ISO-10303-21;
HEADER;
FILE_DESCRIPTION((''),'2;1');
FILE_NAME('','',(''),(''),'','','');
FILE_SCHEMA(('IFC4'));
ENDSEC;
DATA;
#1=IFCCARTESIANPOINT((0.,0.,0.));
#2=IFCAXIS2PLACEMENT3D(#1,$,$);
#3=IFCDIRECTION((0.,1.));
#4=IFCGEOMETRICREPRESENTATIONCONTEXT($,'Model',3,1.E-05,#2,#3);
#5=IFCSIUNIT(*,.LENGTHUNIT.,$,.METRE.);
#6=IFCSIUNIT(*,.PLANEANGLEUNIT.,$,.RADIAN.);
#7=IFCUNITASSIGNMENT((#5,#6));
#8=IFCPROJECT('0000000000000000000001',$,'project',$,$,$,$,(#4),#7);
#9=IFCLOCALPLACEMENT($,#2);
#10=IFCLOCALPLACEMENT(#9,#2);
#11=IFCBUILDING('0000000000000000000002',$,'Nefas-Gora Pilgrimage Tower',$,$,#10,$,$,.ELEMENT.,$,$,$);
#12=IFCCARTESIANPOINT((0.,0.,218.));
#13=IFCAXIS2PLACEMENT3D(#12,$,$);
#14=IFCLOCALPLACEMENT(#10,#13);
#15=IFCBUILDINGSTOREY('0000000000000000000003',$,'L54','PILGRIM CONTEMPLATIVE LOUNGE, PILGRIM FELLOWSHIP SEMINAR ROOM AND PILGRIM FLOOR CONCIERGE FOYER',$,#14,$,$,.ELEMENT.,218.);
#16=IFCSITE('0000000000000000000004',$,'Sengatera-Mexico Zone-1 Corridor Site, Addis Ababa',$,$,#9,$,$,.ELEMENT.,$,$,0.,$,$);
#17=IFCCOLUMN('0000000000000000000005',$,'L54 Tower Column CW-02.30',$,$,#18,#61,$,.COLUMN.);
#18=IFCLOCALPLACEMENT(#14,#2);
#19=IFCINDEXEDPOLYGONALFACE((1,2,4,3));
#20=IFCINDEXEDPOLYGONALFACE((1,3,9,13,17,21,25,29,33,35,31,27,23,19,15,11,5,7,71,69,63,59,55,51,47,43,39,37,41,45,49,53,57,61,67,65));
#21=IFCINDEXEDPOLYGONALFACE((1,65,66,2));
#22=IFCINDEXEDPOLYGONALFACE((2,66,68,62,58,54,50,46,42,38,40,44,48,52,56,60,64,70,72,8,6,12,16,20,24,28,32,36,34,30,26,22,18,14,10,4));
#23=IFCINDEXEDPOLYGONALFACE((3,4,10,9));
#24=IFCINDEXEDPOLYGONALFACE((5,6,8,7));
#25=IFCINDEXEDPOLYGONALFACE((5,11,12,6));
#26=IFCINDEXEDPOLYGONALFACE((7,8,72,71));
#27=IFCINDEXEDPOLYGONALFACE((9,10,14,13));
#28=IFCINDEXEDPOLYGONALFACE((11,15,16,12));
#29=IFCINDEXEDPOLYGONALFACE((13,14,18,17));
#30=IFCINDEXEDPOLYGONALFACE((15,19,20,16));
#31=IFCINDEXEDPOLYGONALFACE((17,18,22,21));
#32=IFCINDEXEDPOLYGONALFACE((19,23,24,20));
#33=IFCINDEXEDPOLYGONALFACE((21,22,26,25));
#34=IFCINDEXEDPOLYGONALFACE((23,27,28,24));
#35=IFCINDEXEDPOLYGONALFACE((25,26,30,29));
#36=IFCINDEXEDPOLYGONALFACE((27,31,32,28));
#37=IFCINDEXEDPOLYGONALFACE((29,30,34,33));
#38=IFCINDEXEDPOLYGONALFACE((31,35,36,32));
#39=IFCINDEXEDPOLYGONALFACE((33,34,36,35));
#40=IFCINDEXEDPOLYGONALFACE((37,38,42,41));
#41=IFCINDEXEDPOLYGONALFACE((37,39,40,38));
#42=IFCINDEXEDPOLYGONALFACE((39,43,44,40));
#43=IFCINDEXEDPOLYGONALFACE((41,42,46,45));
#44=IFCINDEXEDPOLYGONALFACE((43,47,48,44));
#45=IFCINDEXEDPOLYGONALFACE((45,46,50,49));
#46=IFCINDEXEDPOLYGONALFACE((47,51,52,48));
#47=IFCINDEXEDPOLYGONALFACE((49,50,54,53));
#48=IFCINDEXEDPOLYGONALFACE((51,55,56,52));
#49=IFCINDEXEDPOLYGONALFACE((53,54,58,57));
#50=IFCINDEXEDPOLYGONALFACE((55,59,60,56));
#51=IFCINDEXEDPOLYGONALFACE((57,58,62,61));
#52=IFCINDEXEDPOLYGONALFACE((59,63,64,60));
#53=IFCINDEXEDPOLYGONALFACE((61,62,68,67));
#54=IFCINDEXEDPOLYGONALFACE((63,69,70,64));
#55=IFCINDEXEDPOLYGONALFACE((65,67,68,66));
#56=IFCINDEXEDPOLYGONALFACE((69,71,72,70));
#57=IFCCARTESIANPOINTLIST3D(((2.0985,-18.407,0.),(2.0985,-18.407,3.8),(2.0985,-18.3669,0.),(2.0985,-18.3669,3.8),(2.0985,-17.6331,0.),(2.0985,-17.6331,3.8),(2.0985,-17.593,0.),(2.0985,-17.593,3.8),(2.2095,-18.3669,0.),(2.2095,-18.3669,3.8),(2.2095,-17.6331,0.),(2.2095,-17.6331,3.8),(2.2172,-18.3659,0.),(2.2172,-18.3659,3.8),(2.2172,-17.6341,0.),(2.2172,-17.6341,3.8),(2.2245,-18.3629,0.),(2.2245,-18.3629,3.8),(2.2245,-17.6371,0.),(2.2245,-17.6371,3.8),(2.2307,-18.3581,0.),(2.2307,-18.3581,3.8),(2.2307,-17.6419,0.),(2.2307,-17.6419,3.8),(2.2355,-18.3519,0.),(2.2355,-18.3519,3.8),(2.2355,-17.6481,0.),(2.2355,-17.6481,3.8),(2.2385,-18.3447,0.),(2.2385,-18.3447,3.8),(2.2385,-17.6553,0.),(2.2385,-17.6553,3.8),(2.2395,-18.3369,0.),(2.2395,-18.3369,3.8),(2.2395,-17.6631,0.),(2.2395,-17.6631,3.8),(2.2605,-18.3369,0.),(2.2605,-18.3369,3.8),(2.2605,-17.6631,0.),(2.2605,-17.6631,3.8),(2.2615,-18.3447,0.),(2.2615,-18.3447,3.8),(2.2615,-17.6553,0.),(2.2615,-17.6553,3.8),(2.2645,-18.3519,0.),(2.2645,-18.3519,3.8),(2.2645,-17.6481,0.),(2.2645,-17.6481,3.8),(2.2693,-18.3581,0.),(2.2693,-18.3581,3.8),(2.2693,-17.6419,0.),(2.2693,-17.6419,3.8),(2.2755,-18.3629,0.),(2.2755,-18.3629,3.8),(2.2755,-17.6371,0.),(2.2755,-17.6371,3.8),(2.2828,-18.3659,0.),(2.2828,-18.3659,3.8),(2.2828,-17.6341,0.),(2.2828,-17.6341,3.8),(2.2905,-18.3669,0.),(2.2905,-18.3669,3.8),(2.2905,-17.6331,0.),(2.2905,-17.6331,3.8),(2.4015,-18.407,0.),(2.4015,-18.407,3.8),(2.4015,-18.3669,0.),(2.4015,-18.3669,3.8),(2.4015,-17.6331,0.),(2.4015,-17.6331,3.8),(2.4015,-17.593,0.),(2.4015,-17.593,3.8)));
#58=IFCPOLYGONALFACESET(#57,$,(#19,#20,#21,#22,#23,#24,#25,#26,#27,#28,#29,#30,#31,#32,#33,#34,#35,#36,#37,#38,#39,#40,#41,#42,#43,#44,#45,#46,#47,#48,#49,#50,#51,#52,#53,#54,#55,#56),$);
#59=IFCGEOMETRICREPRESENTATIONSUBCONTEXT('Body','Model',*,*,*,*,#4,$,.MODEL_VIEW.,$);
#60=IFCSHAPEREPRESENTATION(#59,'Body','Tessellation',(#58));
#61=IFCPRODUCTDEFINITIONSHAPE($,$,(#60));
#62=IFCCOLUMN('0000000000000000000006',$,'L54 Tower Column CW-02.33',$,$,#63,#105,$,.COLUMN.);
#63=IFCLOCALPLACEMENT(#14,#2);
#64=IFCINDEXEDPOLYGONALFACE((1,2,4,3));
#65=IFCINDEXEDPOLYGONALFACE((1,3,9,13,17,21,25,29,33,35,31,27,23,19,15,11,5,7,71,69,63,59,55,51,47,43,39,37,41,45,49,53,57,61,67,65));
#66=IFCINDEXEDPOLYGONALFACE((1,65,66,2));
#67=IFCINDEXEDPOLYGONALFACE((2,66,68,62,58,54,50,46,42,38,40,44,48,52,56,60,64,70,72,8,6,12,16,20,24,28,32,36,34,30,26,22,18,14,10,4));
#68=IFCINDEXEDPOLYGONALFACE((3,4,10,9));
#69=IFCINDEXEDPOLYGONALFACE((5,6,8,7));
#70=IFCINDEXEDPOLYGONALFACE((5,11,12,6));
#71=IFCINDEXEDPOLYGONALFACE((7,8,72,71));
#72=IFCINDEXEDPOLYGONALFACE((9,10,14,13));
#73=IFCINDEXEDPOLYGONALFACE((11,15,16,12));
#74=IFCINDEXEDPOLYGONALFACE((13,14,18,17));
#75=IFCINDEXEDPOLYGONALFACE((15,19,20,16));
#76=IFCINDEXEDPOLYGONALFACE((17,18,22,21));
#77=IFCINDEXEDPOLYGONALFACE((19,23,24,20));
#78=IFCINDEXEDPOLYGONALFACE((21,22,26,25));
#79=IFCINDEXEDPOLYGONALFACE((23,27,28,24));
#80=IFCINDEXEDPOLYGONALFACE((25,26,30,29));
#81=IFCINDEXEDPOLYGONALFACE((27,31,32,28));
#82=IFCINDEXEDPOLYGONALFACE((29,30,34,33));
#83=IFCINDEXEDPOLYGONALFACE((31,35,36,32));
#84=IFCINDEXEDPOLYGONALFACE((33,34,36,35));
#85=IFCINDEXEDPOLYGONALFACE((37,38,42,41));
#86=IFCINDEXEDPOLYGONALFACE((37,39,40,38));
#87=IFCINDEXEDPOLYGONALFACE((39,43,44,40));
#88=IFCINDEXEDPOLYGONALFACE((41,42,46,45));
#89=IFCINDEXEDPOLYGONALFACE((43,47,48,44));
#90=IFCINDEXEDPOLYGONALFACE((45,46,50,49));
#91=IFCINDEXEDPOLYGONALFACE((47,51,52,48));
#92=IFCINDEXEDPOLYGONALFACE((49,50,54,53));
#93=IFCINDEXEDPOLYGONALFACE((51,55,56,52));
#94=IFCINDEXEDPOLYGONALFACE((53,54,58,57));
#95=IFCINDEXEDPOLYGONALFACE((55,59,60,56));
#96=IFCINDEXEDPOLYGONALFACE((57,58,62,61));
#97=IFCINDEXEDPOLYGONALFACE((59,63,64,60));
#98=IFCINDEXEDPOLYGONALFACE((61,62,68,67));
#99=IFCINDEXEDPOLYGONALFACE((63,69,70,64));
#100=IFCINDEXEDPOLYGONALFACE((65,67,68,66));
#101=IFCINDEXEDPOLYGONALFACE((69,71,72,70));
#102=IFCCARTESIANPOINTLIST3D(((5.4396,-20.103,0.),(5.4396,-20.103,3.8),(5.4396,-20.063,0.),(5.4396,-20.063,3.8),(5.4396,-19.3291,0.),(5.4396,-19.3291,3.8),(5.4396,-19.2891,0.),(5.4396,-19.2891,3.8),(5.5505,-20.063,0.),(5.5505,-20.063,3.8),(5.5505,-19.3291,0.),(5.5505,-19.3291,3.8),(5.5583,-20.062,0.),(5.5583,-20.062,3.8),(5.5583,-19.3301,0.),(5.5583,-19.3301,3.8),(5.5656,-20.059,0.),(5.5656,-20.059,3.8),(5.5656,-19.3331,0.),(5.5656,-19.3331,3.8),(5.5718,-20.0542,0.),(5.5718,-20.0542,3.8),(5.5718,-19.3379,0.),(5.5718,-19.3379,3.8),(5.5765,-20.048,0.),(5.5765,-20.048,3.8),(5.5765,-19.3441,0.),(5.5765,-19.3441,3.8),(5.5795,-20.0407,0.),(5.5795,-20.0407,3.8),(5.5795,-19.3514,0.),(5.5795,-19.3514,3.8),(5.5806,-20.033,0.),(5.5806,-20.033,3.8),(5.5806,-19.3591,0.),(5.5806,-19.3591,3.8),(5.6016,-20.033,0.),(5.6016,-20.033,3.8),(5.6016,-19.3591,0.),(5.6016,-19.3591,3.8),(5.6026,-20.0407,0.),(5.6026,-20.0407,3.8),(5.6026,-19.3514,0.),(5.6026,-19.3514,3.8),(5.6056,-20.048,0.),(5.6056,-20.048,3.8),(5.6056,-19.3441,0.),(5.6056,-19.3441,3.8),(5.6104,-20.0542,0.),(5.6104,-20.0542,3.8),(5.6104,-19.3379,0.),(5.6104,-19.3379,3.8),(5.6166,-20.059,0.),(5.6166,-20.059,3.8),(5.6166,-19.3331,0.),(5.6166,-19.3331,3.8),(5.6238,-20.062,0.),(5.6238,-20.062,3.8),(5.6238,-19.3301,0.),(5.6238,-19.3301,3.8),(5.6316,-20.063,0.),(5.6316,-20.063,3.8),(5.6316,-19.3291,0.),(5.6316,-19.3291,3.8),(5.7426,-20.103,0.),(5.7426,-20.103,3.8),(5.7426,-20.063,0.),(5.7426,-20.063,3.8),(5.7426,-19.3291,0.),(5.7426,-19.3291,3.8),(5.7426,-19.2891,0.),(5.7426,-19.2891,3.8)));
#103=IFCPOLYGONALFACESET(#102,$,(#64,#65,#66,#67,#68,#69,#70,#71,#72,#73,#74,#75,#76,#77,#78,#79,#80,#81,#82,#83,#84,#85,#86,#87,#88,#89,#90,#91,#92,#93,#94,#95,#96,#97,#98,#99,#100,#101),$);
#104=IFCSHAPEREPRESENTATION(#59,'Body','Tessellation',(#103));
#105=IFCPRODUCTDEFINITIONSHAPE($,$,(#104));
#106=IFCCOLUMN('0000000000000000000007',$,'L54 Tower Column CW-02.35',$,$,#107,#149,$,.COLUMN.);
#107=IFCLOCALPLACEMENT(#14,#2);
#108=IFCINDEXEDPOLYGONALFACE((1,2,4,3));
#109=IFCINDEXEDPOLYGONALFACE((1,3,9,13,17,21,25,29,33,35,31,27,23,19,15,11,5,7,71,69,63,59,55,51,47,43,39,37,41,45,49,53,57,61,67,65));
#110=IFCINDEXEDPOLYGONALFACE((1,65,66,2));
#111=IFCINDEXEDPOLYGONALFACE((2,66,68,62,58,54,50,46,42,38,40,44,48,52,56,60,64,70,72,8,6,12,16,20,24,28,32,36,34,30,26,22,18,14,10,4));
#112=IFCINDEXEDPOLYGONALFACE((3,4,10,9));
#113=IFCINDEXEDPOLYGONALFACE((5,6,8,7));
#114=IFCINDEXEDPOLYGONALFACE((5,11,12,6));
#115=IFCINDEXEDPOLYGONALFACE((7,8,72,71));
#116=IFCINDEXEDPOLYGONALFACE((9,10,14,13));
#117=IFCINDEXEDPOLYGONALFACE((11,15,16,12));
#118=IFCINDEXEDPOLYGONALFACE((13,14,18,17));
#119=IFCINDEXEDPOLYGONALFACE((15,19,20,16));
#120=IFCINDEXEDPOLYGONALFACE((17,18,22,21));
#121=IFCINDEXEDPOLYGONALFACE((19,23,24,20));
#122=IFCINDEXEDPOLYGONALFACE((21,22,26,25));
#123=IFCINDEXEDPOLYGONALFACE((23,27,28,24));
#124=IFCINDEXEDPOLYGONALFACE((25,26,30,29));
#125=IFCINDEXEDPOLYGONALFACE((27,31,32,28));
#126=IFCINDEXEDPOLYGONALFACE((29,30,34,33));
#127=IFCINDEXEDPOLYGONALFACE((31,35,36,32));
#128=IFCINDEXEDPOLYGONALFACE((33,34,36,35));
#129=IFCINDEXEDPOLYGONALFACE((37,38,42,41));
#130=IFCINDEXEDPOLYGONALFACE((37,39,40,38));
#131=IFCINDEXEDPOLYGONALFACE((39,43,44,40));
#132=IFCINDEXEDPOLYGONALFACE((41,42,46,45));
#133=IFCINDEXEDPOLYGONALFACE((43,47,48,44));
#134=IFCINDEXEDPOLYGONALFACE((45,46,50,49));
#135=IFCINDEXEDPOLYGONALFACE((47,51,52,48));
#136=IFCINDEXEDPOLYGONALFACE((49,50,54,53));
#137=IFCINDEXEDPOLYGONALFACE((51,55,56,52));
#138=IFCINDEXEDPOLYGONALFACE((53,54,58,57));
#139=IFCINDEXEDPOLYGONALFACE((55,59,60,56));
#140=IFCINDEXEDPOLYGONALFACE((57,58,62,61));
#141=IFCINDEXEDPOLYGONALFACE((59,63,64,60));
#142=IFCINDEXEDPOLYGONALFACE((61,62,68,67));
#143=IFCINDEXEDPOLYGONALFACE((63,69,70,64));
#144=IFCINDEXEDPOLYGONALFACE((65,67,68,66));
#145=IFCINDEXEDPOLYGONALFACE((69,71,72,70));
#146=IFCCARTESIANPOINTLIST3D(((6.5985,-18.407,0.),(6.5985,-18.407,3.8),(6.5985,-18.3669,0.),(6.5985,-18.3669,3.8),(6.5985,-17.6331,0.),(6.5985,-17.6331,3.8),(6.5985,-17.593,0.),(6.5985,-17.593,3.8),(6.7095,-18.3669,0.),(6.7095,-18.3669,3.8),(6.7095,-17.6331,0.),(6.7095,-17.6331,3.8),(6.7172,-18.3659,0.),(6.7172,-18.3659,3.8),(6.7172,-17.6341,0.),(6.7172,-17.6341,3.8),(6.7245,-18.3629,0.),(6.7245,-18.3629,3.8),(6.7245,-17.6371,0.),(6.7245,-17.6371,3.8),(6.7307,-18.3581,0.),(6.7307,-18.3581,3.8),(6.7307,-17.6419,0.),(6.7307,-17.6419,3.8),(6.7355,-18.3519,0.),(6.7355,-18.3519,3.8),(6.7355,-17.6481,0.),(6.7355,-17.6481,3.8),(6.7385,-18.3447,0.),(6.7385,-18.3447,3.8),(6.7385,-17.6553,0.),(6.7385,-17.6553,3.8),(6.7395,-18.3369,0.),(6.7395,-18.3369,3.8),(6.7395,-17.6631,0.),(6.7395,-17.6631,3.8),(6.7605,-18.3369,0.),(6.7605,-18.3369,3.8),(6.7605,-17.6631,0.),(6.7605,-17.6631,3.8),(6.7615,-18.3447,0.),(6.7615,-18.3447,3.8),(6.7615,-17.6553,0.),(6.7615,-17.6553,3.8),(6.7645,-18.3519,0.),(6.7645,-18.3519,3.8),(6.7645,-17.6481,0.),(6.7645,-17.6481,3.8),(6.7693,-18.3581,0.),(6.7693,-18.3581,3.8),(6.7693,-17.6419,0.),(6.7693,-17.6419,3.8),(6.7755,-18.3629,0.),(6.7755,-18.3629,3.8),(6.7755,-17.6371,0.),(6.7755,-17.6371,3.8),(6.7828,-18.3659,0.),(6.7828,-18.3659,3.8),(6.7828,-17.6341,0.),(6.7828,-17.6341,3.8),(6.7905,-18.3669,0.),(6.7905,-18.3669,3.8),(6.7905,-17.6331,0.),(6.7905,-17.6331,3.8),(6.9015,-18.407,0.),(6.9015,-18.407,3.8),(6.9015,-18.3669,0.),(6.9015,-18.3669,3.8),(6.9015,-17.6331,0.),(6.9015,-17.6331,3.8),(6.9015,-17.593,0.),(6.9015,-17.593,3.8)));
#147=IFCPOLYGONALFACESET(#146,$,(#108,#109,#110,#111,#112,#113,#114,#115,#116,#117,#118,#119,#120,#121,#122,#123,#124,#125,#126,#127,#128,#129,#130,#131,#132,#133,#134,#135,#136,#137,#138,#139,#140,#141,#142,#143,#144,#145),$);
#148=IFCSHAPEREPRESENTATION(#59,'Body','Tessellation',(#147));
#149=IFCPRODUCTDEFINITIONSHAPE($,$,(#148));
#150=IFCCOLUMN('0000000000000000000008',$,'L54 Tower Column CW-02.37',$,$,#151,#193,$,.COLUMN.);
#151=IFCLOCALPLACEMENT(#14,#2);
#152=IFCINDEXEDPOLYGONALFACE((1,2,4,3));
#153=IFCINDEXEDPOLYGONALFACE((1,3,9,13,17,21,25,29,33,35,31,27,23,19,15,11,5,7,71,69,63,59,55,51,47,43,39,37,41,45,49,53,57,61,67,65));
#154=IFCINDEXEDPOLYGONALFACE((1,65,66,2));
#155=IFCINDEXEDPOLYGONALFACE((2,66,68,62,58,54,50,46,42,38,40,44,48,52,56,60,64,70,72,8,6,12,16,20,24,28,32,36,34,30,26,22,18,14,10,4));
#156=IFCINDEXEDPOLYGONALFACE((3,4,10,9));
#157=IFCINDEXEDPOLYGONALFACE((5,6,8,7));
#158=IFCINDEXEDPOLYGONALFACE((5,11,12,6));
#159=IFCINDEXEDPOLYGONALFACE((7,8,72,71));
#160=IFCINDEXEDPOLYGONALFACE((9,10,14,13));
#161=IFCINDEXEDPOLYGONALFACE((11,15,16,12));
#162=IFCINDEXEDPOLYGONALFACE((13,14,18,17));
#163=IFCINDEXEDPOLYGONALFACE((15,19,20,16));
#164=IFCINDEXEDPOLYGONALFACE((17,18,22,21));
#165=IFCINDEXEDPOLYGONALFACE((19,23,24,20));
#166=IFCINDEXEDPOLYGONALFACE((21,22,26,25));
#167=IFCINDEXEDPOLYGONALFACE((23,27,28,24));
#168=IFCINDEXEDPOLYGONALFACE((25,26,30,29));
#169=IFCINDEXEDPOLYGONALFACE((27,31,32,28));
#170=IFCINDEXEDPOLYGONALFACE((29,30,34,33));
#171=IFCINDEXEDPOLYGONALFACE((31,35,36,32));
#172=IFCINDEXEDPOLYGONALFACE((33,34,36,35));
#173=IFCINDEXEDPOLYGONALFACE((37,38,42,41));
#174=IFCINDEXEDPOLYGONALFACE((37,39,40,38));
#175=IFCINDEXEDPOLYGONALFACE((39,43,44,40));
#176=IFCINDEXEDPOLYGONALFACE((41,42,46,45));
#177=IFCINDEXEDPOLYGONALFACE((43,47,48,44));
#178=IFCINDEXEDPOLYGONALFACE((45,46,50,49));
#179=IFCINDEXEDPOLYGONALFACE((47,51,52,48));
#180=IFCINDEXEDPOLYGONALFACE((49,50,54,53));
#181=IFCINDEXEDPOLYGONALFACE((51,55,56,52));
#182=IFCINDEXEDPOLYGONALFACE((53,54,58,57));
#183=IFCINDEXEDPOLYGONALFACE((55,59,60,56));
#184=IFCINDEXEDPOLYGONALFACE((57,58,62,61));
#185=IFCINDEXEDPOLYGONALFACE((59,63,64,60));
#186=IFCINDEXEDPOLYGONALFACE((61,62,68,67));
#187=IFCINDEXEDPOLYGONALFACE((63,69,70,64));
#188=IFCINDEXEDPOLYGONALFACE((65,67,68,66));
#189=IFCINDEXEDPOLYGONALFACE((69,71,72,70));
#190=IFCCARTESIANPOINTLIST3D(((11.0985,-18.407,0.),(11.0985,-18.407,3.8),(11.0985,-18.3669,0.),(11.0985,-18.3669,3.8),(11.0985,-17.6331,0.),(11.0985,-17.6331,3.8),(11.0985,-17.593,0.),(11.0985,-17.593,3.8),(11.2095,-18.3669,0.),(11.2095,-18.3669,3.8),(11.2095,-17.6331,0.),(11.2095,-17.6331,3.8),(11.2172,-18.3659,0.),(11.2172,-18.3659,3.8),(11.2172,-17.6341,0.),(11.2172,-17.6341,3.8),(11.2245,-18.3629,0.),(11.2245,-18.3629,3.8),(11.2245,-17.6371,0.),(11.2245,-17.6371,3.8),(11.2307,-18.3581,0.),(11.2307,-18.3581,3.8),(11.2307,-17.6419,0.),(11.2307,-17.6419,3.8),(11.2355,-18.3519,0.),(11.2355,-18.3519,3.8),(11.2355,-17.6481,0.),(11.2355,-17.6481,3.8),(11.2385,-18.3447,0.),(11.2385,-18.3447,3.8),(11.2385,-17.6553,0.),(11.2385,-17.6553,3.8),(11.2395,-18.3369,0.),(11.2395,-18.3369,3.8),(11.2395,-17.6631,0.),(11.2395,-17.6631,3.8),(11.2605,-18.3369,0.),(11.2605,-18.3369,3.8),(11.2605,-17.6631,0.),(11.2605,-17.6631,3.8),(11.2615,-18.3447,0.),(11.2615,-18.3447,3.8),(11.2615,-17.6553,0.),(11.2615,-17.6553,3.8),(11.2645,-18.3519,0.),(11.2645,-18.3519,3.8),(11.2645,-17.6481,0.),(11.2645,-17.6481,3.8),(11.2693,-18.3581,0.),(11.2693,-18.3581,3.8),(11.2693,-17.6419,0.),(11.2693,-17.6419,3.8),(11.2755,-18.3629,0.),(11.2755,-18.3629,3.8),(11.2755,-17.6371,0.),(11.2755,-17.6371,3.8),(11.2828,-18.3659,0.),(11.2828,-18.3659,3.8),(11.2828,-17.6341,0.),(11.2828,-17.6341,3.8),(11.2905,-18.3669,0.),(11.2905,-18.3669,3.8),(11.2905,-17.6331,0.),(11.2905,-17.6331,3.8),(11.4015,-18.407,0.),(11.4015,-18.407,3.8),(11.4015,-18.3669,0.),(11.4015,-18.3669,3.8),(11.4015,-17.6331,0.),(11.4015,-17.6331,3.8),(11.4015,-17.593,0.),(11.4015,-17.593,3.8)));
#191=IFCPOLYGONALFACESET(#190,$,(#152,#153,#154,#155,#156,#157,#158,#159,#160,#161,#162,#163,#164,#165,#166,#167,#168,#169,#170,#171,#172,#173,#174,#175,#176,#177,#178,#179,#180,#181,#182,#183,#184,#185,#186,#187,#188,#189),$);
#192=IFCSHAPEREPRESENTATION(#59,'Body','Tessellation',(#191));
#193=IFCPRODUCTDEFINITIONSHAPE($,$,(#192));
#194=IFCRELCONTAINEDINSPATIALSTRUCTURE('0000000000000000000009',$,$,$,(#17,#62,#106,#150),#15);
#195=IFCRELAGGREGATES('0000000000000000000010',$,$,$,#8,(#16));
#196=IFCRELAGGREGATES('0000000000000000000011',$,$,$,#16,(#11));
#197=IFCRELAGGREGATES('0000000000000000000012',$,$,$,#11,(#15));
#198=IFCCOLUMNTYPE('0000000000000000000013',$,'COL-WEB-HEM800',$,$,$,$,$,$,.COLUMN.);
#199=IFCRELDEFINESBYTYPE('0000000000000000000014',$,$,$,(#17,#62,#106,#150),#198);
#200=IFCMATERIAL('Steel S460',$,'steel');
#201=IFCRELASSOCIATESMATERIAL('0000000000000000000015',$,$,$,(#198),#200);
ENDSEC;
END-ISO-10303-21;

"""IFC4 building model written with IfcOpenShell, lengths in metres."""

from ifc_helpers import new_model, si_unit, direction, frame, origin, origin_2d, place, context, subcontext, project, spatial, i_section, extrude, source, transform, mapped, material, material_profile, profile_set, type_object, element, save


model = new_model("IFC4")

# Units and contexts
model_context = context("Model", 3, precision=1e-05, world=origin(), true_north=direction((0.0, 1.0)))
body_context = subcontext(model_context, "Body", "Model", "MODEL_VIEW")
ifc_project = project(units=[si_unit("LENGTHUNIT", "METRE"), si_unit("PLANEANGLEUNIT", "RADIAN")], contexts=[model_context])

# Site, building, storey
site_placement = place(None, origin())
site = spatial("IfcSite", under=ifc_project, at=site_placement, Name="Sengatera-Mexico Zone-1 Corridor Site, Addis Ababa", CompositionType="ELEMENT", RefElevation=0.0)
building_placement = place(site_placement, origin())
building = spatial("IfcBuilding", under=site, at=building_placement, Name="Nefas-Gora Pilgrimage Tower", CompositionType="ELEMENT")
storey_placement = place(building_placement, frame((0.0, 0.0, 218.0)))
storey = spatial("IfcBuildingStorey", under=building, at=storey_placement, Name="L54", Description="PILGRIM CONTEMPLATIVE LOUNGE, PILGRIM FELLOWSHIP SEMINAR ROOM AND PILGRIM FLOOR CONCIERGE FOYER", CompositionType="ELEMENT", Elevation=218.0)

# Columns
ifc_material_1 = material(Name="Steel S460", Category="steel")
ifc_material_profile_1 = material_profile(ifc_material_1, i_section(OverallWidth=0.303, OverallDepth=0.814, WebThickness=0.021, FlangeThickness=0.04, FilletRadius=0.03, at=origin_2d()), Name="HEM 800")
ifc_profile_set_1 = profile_set([ifc_material_profile_1], Name="Steel S460")
column_type_1 = type_object("IfcColumnType", Name="COL-WEB-HEM800", PredefinedType="COLUMN", material=ifc_profile_set_1)
shared_shape_1 = source(origin(), body_context, "Body", "SweptSolid", [
    extrude(i_section(OverallWidth=0.303, OverallDepth=0.814, WebThickness=0.021, FlangeThickness=0.04, FilletRadius=0.03, at=origin_2d()), origin(), (0.0, 0.0, 1.0), 3.8),
])
for number, where, z_axis, x_axis, name in (
    (1, (2.25, -18.0, 0.0), (0.0, 0.0, 1.0), (1.0, 0.0, 0.0), "L54 Tower Column CW-02.30"),
    (2, (5.5911, -19.696, 0.0), (0.0, 0.0, 1.0), (1.0, 0.0, 0.0), "L54 Tower Column CW-02.33"),
    (3, (6.75, -18.0, 0.0), (0.0, 0.0, 1.0), (1.0, 0.0, 0.0), "L54 Tower Column CW-02.35"),
    (4, (11.25, -18.0, 0.0), (0.0, 0.0, 1.0), (1.0, 0.0, 0.0), "L54 Tower Column CW-02.37"),
):
    element("IfcColumn", number, at=place(storey_placement, frame(where, z_axis=z_axis, x_axis=x_axis)), inside=storey, type_object=column_type_1, Name=name, PredefinedType="COLUMN", context=body_context, shape_type="MappedRepresentation", body=[
        mapped(shared_shape_1, transform((0.0, 0.0, 0.0), x_axis=(1.0, 0.0, 0.0), y_axis=(0.0, 1.0, 0.0), z_axis=(0.0, 0.0, 1.0), scale=1.0)),
    ])

save(model, "model.ifc")
